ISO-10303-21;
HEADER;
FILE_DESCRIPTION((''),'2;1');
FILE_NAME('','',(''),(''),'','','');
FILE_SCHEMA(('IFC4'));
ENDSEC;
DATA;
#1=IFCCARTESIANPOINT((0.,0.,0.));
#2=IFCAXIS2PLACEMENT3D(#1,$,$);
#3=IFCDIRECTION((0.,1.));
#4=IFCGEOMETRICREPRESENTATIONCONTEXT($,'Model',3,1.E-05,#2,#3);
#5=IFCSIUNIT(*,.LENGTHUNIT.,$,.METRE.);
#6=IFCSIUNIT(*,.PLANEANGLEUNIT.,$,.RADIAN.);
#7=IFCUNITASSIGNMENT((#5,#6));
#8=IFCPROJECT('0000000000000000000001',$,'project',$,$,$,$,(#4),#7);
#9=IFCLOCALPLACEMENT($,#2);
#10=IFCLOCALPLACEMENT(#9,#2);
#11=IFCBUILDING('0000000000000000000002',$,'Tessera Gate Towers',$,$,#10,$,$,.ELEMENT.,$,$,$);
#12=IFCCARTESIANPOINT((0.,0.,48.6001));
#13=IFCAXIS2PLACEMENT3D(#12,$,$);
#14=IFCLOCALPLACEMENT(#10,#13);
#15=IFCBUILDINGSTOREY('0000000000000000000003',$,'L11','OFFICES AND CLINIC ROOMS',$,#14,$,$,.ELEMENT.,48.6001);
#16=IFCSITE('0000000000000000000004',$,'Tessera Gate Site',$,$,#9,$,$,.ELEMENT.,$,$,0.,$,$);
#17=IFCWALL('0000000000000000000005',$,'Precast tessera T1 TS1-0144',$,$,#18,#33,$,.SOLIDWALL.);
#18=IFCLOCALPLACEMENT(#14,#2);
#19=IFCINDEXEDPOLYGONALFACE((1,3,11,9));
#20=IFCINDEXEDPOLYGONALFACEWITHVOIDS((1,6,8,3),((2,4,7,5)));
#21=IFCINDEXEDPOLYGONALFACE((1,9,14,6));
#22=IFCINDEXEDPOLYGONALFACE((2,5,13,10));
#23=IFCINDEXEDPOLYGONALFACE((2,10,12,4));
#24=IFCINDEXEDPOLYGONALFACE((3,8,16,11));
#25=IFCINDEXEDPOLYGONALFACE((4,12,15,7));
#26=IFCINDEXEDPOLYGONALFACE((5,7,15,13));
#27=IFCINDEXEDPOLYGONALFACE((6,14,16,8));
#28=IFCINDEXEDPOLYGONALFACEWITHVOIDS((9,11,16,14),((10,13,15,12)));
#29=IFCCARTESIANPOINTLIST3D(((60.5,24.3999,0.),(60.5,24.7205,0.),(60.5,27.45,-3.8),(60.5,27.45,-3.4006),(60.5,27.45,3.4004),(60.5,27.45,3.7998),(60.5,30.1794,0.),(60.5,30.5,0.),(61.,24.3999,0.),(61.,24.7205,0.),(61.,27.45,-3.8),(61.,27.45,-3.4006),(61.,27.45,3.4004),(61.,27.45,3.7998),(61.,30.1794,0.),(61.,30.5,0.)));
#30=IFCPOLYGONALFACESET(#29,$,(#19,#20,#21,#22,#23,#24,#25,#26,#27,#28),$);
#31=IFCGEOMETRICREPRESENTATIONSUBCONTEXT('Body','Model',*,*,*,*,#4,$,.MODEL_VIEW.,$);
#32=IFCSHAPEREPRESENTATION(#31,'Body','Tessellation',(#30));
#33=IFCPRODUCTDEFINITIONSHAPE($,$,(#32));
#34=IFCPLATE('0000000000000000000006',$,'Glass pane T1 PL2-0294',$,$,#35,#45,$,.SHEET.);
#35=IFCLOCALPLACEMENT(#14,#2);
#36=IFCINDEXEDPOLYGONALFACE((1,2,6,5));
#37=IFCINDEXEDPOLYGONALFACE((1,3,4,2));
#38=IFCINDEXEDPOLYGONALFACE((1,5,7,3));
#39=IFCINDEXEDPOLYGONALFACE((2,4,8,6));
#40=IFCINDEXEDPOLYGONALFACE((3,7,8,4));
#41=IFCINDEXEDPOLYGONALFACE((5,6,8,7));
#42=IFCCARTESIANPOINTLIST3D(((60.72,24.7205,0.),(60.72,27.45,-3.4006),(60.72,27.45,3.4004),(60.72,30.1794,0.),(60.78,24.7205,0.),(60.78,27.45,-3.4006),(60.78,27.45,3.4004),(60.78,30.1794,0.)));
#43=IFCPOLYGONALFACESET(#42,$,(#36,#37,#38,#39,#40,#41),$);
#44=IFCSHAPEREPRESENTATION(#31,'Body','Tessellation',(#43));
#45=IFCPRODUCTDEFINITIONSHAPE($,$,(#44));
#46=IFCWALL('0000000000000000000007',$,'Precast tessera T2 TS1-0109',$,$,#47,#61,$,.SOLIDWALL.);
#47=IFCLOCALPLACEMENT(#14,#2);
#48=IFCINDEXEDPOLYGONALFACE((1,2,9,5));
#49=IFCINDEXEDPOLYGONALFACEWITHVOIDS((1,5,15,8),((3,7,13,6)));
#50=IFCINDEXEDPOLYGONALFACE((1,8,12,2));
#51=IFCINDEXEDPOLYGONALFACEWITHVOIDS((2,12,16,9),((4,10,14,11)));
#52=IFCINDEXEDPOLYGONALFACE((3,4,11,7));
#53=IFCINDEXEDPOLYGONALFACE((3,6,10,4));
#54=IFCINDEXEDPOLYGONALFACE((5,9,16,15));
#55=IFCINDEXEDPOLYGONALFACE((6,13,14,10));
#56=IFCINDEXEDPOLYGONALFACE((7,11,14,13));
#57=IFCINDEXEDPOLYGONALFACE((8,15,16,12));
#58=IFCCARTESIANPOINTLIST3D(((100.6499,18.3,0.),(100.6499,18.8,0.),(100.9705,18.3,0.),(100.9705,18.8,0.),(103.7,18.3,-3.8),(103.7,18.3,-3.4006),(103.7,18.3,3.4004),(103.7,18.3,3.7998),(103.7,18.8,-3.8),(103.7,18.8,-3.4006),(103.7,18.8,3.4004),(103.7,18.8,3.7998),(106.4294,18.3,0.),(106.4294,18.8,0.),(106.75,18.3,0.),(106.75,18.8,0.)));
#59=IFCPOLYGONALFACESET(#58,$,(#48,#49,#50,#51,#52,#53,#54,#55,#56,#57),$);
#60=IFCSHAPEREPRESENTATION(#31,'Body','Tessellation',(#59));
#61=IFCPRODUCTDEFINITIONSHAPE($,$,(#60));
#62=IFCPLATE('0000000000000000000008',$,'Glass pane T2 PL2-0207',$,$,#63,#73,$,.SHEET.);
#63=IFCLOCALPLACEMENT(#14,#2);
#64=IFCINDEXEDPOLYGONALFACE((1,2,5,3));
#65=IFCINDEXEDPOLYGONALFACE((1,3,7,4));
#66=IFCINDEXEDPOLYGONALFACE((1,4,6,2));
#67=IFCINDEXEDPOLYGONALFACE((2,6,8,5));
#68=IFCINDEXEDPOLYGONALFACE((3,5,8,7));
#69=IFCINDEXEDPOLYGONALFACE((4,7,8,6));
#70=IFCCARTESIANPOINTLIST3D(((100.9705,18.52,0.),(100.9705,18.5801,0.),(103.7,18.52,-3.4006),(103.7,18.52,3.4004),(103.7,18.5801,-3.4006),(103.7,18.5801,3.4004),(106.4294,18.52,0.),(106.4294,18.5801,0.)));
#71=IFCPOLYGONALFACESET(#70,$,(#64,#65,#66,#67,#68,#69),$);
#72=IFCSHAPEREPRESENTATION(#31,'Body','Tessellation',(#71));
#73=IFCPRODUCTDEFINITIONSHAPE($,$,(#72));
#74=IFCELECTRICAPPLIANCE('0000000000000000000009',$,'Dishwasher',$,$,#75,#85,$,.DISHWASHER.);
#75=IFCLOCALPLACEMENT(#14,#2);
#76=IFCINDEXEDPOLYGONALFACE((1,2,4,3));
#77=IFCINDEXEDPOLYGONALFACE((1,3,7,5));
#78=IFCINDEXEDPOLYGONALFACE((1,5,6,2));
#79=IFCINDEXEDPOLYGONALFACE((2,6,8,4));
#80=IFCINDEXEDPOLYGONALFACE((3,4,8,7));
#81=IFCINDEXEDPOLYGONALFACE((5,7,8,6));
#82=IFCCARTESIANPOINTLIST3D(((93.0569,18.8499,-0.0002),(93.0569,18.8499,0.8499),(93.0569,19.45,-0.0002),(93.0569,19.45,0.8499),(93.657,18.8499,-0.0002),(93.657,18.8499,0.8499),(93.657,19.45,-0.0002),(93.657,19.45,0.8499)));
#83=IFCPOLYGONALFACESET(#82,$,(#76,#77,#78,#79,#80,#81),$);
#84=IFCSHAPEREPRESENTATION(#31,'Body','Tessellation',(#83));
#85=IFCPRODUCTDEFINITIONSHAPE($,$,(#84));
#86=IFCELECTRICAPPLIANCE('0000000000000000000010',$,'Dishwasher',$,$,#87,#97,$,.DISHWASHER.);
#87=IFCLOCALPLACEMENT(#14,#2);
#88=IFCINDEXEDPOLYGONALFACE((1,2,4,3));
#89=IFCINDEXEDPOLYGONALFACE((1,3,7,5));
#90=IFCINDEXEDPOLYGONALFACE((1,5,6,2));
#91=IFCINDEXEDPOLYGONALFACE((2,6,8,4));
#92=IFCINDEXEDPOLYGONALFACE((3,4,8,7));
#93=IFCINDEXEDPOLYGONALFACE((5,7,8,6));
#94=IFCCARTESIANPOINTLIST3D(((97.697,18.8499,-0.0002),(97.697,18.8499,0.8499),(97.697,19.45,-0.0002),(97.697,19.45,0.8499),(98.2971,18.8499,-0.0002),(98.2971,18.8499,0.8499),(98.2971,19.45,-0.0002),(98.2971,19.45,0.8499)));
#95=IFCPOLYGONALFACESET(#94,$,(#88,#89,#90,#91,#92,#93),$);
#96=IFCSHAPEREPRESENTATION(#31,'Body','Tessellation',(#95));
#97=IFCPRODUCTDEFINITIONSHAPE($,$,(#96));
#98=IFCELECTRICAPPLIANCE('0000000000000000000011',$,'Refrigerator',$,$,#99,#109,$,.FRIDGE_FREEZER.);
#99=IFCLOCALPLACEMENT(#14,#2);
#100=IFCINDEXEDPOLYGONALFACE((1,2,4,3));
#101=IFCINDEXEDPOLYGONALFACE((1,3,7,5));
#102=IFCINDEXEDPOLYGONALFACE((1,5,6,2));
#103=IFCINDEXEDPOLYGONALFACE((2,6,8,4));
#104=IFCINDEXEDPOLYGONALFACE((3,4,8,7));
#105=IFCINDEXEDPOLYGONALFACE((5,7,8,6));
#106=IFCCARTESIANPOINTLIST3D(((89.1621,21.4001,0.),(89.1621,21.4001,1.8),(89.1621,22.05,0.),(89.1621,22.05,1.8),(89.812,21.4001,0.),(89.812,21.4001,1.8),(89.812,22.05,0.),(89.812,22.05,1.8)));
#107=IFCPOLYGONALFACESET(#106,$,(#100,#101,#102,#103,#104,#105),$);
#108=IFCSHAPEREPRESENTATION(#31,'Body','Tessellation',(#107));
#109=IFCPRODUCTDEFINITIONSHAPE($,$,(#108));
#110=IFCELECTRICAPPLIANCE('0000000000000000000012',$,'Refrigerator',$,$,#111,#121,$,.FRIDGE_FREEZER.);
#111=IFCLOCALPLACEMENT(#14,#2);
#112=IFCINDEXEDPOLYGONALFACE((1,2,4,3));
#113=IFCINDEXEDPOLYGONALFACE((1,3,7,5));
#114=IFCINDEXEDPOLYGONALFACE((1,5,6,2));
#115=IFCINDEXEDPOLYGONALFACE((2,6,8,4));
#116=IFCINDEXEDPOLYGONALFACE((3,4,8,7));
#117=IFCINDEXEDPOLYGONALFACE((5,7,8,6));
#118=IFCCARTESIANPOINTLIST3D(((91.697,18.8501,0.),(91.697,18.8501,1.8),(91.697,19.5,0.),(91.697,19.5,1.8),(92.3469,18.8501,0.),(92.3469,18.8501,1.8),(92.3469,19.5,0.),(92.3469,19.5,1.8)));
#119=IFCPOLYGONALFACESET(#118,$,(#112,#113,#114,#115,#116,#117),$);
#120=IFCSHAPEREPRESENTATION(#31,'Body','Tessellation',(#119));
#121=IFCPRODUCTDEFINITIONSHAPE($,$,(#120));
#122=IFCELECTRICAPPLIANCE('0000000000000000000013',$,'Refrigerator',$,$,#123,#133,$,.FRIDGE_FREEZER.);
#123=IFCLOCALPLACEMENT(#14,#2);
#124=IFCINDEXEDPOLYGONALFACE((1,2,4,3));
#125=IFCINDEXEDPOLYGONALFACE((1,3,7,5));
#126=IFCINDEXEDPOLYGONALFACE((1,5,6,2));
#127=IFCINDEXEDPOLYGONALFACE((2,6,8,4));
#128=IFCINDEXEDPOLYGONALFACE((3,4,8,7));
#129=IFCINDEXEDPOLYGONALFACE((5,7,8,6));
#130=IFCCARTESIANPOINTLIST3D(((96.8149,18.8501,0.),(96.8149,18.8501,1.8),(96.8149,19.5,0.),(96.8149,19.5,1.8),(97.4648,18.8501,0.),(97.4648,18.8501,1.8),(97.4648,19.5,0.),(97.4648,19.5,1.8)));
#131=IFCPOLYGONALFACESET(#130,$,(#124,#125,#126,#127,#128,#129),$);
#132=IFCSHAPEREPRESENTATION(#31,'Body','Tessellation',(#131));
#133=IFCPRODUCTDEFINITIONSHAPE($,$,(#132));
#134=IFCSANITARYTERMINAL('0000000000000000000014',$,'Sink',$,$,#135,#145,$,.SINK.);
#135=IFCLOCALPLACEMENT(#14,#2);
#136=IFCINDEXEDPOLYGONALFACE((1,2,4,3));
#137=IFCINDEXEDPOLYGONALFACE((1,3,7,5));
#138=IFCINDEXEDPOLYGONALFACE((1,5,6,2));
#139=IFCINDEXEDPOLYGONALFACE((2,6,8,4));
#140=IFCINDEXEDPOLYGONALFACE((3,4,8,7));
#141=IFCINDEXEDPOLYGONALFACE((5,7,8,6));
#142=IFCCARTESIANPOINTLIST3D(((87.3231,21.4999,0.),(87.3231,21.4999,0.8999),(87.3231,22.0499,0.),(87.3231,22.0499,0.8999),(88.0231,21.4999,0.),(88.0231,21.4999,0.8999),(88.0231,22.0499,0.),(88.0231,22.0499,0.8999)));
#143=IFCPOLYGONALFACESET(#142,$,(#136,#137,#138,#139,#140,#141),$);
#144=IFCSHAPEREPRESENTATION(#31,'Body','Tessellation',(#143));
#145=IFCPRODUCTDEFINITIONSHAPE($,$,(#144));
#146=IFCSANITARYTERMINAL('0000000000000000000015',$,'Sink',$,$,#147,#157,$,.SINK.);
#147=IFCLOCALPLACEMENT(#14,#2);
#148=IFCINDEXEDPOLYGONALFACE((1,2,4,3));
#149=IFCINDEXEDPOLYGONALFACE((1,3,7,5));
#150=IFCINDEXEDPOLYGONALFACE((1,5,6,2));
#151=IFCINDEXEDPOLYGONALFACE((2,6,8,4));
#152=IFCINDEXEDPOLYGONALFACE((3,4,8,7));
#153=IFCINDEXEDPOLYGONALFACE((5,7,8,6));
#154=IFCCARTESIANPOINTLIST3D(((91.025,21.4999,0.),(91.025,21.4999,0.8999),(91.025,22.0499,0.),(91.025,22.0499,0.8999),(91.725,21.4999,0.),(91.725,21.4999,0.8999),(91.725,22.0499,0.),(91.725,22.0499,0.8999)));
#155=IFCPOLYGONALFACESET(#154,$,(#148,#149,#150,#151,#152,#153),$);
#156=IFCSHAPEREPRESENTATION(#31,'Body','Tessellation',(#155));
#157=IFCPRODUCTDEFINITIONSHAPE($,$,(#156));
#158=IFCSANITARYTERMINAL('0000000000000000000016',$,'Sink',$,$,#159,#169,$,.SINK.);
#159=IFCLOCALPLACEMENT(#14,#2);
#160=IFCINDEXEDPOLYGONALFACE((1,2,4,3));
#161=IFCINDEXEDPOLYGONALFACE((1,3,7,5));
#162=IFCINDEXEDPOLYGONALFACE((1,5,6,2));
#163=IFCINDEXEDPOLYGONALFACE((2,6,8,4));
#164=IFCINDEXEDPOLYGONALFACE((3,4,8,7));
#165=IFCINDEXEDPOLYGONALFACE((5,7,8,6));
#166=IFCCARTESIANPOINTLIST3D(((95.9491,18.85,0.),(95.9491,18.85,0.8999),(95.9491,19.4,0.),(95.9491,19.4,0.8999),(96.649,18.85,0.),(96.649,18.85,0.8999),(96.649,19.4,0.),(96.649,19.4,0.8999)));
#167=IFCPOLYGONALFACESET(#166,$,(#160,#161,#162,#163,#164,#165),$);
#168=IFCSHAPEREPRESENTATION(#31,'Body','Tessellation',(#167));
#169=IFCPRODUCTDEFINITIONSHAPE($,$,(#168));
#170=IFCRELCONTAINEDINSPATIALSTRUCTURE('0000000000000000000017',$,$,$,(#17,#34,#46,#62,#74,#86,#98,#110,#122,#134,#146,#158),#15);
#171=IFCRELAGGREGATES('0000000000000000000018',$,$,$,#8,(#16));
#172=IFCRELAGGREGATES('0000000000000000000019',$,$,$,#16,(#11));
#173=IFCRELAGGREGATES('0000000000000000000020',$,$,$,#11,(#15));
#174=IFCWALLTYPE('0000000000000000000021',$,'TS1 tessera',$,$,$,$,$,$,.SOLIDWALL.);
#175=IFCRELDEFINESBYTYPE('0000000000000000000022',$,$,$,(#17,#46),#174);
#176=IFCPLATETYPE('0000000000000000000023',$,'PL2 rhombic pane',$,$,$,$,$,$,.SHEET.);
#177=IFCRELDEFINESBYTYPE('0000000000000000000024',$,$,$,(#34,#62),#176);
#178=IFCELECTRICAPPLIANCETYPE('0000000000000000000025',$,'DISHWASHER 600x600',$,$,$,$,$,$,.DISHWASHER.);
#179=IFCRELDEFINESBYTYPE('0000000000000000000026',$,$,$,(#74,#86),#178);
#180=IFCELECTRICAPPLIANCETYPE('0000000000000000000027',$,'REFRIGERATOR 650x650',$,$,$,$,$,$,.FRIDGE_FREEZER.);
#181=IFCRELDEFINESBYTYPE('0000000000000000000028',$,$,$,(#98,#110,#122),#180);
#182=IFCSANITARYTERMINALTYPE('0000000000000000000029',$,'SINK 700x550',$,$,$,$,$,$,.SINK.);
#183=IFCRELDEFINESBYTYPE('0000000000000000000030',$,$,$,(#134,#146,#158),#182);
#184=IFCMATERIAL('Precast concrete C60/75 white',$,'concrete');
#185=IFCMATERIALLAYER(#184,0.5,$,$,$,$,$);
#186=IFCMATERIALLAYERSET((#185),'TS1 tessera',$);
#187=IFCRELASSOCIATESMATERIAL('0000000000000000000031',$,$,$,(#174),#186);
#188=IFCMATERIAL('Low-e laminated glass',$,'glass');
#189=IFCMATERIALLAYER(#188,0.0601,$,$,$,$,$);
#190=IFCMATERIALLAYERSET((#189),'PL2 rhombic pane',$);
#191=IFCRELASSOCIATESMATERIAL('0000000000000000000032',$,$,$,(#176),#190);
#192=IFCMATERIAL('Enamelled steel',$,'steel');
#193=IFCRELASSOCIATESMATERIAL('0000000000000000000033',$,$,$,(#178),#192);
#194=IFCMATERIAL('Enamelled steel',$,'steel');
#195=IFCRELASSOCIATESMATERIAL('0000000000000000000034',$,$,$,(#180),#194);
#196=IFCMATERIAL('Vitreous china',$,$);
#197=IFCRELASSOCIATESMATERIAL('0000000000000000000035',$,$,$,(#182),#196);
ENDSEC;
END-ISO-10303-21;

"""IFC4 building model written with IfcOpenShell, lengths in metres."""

from ifc_helpers import new_model, si_unit, direction, frame, origin, origin_2d, place, context, subcontext, project, spatial, polyline, rectangle, outline, extrude, source, transform, mapped, material, layer, layer_set, type_object, element, fill, save


model = new_model("IFC4")

# Units and contexts
model_context = context("Model", 3, precision=1e-05, world=origin(), true_north=direction((0.0, 1.0)))
body_context = subcontext(model_context, "Body", "Model", "MODEL_VIEW")
ifc_project = project(units=[si_unit("LENGTHUNIT", "METRE"), si_unit("PLANEANGLEUNIT", "RADIAN")], contexts=[model_context])

# Site, building, storey
site_placement = place(None, origin())
site = spatial("IfcSite", under=ifc_project, at=site_placement, Name="Tessera Gate Site", CompositionType="ELEMENT", RefElevation=0.0)
building_placement = place(site_placement, origin())
building = spatial("IfcBuilding", under=site, at=building_placement, Name="Tessera Gate Towers", CompositionType="ELEMENT")
storey_placement = place(building_placement, frame((0.0, 0.0, 48.6001)))
storey = spatial("IfcBuildingStorey", under=building, at=storey_placement, Name="L11", Description="OFFICES AND CLINIC ROOMS", CompositionType="ELEMENT", Elevation=48.6001)

# Walls, openings, plates
ifc_material_1 = material(Name="Precast concrete C60/75 white", Category="concrete")
ifc_layer_1 = layer(ifc_material_1, 0.5)
ifc_layer_set_1 = layer_set([ifc_layer_1], Name="TS1 tessera")
wall_type_1 = type_object("IfcWallType", Name="TS1 tessera", PredefinedType="SOLIDWALL", material=ifc_layer_set_1)
shared_shape_1 = source(origin(), body_context, "Body", "SweptSolid", [
    extrude(outline(polyline([(3.05, 0.0), (6.1001, 3.8), (3.05, 7.5999), (0.0, 3.8), (3.05, 0.0)])), frame((0.0, 0.25, 0.0), z_axis=(0.0, -1.0, 0.0), x_axis=(1.0, 0.0, 0.0)), (0.0, 0.0, 1.0), 0.5),
])
shared_shape_2 = source(origin(), body_context, "Body", "SweptSolid", [
    extrude(outline(polyline([(3.05, 0.3994), (5.7795, 3.8), (3.05, 7.2004), (0.3206, 3.8), (3.05, 0.3994)])), frame((0.0, 0.26, 0.0), z_axis=(0.0, -1.0, 0.0), x_axis=(1.0, 0.0, 0.0)), (0.0, 0.0, 1.0), 0.52),
])
ifc_material_2 = material(Name="Low-e laminated glass", Category="glass")
ifc_layer_2 = layer(ifc_material_2, 0.0601)
ifc_layer_set_2 = layer_set([ifc_layer_2], Name="PL2 rhombic pane")
plate_type = type_object("IfcPlateType", Name="PL2 rhombic pane", PredefinedType="SHEET", material=ifc_layer_set_2)
shared_shape_3 = source(origin(), body_context, "Body", "SweptSolid", [
    extrude(outline(polyline([(3.05, 0.3994), (5.7795, 3.8), (3.05, 7.2004), (0.3206, 3.8), (3.05, 0.3994)])), frame((0.0, 0.03, 0.0), z_axis=(0.0, -1.0, 0.0), x_axis=(1.0, 0.0, 0.0)), (0.0, 0.0, 1.0), 0.0601),
])
wall_1_placement = place(storey_placement, frame((60.75, 24.3999, -3.8), z_axis=(0.0, 0.0, 1.0), x_axis=(0.0, 1.0, 0.0)))
wall_1 = element("IfcWall", 1, at=wall_1_placement, inside=storey, type_object=wall_type_1, Name="Precast tessera T1 TS1-0144", PredefinedType="SOLIDWALL", context=body_context, shape_type="MappedRepresentation", body=[
    mapped(shared_shape_1, transform((0.0, 0.0, 0.0), scale=1.0)),
])
opening_1_placement = place(wall_1_placement, origin())
opening_1 = element("IfcOpeningElement", 2, at=opening_1_placement, cuts=wall_1, PredefinedType="OPENING", context=body_context, shape_type="MappedRepresentation", body=[
    mapped(shared_shape_2, transform((0.0, 0.0, 0.0), scale=1.0)),
])
plate_1_placement = place(opening_1_placement, origin())
plate_1 = element("IfcPlate", 3, at=plate_1_placement, inside=storey, type_object=plate_type, Name="Glass pane T1 PL2-0294", PredefinedType="SHEET", context=body_context, shape_type="MappedRepresentation", body=[
    mapped(shared_shape_3, transform((0.0, 0.0, 0.0), scale=1.0)),
])
fill(opening_1, plate_1)
wall_2_placement = place(storey_placement, frame((100.6499, 18.55, -3.8), z_axis=(0.0, 0.0, 1.0), x_axis=(1.0, 0.0, 0.0)))
wall_2 = element("IfcWall", 4, at=wall_2_placement, inside=storey, type_object=wall_type_1, Name="Precast tessera T2 TS1-0109", PredefinedType="SOLIDWALL", context=body_context, shape_type="MappedRepresentation", body=[
    mapped(shared_shape_1, transform((0.0, 0.0, 0.0), scale=1.0)),
])
opening_2_placement = place(wall_2_placement, origin())
opening_2 = element("IfcOpeningElement", 5, at=opening_2_placement, cuts=wall_2, PredefinedType="OPENING", context=body_context, shape_type="MappedRepresentation", body=[
    mapped(shared_shape_2, transform((0.0, 0.0, 0.0), scale=1.0)),
])
plate_2_placement = place(opening_2_placement, origin())
plate_2 = element("IfcPlate", 6, at=plate_2_placement, inside=storey, type_object=plate_type, Name="Glass pane T2 PL2-0207", PredefinedType="SHEET", context=body_context, shape_type="MappedRepresentation", body=[
    mapped(shared_shape_3, transform((0.0, 0.0, 0.0), scale=1.0)),
])
fill(opening_2, plate_2)

# Electric appliances
ifc_material_3 = material(Name="Enamelled steel", Category="steel")
electric_appliance_type_1 = type_object("IfcElectricApplianceType", Name="DISHWASHER 600x600", PredefinedType="DISHWASHER", material=ifc_material_3)
for number, where, z_axis, x_axis, name in (
    (7, (93.3569, 19.1499, -0.0002), (0.0, 0.0, 1.0), (1.0, 0.0, 0.0), "Dishwasher"),
    (8, (97.9971, 19.1499, -0.0002), (0.0, 0.0, 1.0), (1.0, 0.0, 0.0), "Dishwasher"),
):
    element("IfcElectricAppliance", number, at=place(storey_placement, frame(where, z_axis=z_axis, x_axis=x_axis)), inside=storey, type_object=electric_appliance_type_1, Name=name, PredefinedType="DISHWASHER", context=body_context, shape_type="SweptSolid", body=[
        extrude(rectangle(XDim=0.6001, YDim=0.6001, at=origin_2d()), origin(), (0.0, 0.0, 1.0), 0.8501),
    ])
ifc_material_4 = material(Name="Enamelled steel", Category="steel")
electric_appliance_type_2 = type_object("IfcElectricApplianceType", Name="REFRIGERATOR 650x650", PredefinedType="FRIDGE_FREEZER", material=ifc_material_4)
for number, where, z_axis, x_axis, name in (
    (9, (89.4871, 21.7251, 0.0), (0.0, 0.0, 1.0), (1.0, 0.0, 0.0), "Refrigerator"),
    (10, (92.022, 19.175, 0.0), (0.0, 0.0, 1.0), (1.0, 0.0, 0.0), "Refrigerator"),
    (11, (97.1399, 19.175, 0.0), (0.0, 0.0, 1.0), (1.0, 0.0, 0.0), "Refrigerator"),
):
    element("IfcElectricAppliance", number, at=place(storey_placement, frame(where, z_axis=z_axis, x_axis=x_axis)), inside=storey, type_object=electric_appliance_type_2, Name=name, PredefinedType="FRIDGE_FREEZER", context=body_context, shape_type="SweptSolid", body=[
        extrude(rectangle(XDim=0.6499, YDim=0.6499, at=origin_2d()), origin(), (0.0, 0.0, 1.0), 1.8),
    ])

# Sanitary terminals
ifc_material_5 = material(Name="Vitreous china")
sanitary_terminal_type = type_object("IfcSanitaryTerminalType", Name="SINK 700x550", PredefinedType="SINK", material=ifc_material_5)
for number, where, z_axis, x_axis, name in (
    (12, (87.6731, 21.7749, 0.0), (0.0, 0.0, 1.0), (1.0, 0.0, 0.0), "Sink"),
    (13, (91.375, 21.7749, 0.0), (0.0, 0.0, 1.0), (1.0, 0.0, 0.0), "Sink"),
    (14, (96.2991, 19.125, 0.0), (0.0, 0.0, 1.0), (1.0, 0.0, 0.0), "Sink"),
):
    element("IfcSanitaryTerminal", number, at=place(storey_placement, frame(where, z_axis=z_axis, x_axis=x_axis)), inside=storey, type_object=sanitary_terminal_type, Name=name, PredefinedType="SINK", context=body_context, shape_type="SweptSolid", body=[
        extrude(rectangle(XDim=0.7, YDim=0.55, at=origin_2d()), origin(), (0.0, 0.0, 1.0), 0.8999),
    ])

save(model, "model.ifc")
